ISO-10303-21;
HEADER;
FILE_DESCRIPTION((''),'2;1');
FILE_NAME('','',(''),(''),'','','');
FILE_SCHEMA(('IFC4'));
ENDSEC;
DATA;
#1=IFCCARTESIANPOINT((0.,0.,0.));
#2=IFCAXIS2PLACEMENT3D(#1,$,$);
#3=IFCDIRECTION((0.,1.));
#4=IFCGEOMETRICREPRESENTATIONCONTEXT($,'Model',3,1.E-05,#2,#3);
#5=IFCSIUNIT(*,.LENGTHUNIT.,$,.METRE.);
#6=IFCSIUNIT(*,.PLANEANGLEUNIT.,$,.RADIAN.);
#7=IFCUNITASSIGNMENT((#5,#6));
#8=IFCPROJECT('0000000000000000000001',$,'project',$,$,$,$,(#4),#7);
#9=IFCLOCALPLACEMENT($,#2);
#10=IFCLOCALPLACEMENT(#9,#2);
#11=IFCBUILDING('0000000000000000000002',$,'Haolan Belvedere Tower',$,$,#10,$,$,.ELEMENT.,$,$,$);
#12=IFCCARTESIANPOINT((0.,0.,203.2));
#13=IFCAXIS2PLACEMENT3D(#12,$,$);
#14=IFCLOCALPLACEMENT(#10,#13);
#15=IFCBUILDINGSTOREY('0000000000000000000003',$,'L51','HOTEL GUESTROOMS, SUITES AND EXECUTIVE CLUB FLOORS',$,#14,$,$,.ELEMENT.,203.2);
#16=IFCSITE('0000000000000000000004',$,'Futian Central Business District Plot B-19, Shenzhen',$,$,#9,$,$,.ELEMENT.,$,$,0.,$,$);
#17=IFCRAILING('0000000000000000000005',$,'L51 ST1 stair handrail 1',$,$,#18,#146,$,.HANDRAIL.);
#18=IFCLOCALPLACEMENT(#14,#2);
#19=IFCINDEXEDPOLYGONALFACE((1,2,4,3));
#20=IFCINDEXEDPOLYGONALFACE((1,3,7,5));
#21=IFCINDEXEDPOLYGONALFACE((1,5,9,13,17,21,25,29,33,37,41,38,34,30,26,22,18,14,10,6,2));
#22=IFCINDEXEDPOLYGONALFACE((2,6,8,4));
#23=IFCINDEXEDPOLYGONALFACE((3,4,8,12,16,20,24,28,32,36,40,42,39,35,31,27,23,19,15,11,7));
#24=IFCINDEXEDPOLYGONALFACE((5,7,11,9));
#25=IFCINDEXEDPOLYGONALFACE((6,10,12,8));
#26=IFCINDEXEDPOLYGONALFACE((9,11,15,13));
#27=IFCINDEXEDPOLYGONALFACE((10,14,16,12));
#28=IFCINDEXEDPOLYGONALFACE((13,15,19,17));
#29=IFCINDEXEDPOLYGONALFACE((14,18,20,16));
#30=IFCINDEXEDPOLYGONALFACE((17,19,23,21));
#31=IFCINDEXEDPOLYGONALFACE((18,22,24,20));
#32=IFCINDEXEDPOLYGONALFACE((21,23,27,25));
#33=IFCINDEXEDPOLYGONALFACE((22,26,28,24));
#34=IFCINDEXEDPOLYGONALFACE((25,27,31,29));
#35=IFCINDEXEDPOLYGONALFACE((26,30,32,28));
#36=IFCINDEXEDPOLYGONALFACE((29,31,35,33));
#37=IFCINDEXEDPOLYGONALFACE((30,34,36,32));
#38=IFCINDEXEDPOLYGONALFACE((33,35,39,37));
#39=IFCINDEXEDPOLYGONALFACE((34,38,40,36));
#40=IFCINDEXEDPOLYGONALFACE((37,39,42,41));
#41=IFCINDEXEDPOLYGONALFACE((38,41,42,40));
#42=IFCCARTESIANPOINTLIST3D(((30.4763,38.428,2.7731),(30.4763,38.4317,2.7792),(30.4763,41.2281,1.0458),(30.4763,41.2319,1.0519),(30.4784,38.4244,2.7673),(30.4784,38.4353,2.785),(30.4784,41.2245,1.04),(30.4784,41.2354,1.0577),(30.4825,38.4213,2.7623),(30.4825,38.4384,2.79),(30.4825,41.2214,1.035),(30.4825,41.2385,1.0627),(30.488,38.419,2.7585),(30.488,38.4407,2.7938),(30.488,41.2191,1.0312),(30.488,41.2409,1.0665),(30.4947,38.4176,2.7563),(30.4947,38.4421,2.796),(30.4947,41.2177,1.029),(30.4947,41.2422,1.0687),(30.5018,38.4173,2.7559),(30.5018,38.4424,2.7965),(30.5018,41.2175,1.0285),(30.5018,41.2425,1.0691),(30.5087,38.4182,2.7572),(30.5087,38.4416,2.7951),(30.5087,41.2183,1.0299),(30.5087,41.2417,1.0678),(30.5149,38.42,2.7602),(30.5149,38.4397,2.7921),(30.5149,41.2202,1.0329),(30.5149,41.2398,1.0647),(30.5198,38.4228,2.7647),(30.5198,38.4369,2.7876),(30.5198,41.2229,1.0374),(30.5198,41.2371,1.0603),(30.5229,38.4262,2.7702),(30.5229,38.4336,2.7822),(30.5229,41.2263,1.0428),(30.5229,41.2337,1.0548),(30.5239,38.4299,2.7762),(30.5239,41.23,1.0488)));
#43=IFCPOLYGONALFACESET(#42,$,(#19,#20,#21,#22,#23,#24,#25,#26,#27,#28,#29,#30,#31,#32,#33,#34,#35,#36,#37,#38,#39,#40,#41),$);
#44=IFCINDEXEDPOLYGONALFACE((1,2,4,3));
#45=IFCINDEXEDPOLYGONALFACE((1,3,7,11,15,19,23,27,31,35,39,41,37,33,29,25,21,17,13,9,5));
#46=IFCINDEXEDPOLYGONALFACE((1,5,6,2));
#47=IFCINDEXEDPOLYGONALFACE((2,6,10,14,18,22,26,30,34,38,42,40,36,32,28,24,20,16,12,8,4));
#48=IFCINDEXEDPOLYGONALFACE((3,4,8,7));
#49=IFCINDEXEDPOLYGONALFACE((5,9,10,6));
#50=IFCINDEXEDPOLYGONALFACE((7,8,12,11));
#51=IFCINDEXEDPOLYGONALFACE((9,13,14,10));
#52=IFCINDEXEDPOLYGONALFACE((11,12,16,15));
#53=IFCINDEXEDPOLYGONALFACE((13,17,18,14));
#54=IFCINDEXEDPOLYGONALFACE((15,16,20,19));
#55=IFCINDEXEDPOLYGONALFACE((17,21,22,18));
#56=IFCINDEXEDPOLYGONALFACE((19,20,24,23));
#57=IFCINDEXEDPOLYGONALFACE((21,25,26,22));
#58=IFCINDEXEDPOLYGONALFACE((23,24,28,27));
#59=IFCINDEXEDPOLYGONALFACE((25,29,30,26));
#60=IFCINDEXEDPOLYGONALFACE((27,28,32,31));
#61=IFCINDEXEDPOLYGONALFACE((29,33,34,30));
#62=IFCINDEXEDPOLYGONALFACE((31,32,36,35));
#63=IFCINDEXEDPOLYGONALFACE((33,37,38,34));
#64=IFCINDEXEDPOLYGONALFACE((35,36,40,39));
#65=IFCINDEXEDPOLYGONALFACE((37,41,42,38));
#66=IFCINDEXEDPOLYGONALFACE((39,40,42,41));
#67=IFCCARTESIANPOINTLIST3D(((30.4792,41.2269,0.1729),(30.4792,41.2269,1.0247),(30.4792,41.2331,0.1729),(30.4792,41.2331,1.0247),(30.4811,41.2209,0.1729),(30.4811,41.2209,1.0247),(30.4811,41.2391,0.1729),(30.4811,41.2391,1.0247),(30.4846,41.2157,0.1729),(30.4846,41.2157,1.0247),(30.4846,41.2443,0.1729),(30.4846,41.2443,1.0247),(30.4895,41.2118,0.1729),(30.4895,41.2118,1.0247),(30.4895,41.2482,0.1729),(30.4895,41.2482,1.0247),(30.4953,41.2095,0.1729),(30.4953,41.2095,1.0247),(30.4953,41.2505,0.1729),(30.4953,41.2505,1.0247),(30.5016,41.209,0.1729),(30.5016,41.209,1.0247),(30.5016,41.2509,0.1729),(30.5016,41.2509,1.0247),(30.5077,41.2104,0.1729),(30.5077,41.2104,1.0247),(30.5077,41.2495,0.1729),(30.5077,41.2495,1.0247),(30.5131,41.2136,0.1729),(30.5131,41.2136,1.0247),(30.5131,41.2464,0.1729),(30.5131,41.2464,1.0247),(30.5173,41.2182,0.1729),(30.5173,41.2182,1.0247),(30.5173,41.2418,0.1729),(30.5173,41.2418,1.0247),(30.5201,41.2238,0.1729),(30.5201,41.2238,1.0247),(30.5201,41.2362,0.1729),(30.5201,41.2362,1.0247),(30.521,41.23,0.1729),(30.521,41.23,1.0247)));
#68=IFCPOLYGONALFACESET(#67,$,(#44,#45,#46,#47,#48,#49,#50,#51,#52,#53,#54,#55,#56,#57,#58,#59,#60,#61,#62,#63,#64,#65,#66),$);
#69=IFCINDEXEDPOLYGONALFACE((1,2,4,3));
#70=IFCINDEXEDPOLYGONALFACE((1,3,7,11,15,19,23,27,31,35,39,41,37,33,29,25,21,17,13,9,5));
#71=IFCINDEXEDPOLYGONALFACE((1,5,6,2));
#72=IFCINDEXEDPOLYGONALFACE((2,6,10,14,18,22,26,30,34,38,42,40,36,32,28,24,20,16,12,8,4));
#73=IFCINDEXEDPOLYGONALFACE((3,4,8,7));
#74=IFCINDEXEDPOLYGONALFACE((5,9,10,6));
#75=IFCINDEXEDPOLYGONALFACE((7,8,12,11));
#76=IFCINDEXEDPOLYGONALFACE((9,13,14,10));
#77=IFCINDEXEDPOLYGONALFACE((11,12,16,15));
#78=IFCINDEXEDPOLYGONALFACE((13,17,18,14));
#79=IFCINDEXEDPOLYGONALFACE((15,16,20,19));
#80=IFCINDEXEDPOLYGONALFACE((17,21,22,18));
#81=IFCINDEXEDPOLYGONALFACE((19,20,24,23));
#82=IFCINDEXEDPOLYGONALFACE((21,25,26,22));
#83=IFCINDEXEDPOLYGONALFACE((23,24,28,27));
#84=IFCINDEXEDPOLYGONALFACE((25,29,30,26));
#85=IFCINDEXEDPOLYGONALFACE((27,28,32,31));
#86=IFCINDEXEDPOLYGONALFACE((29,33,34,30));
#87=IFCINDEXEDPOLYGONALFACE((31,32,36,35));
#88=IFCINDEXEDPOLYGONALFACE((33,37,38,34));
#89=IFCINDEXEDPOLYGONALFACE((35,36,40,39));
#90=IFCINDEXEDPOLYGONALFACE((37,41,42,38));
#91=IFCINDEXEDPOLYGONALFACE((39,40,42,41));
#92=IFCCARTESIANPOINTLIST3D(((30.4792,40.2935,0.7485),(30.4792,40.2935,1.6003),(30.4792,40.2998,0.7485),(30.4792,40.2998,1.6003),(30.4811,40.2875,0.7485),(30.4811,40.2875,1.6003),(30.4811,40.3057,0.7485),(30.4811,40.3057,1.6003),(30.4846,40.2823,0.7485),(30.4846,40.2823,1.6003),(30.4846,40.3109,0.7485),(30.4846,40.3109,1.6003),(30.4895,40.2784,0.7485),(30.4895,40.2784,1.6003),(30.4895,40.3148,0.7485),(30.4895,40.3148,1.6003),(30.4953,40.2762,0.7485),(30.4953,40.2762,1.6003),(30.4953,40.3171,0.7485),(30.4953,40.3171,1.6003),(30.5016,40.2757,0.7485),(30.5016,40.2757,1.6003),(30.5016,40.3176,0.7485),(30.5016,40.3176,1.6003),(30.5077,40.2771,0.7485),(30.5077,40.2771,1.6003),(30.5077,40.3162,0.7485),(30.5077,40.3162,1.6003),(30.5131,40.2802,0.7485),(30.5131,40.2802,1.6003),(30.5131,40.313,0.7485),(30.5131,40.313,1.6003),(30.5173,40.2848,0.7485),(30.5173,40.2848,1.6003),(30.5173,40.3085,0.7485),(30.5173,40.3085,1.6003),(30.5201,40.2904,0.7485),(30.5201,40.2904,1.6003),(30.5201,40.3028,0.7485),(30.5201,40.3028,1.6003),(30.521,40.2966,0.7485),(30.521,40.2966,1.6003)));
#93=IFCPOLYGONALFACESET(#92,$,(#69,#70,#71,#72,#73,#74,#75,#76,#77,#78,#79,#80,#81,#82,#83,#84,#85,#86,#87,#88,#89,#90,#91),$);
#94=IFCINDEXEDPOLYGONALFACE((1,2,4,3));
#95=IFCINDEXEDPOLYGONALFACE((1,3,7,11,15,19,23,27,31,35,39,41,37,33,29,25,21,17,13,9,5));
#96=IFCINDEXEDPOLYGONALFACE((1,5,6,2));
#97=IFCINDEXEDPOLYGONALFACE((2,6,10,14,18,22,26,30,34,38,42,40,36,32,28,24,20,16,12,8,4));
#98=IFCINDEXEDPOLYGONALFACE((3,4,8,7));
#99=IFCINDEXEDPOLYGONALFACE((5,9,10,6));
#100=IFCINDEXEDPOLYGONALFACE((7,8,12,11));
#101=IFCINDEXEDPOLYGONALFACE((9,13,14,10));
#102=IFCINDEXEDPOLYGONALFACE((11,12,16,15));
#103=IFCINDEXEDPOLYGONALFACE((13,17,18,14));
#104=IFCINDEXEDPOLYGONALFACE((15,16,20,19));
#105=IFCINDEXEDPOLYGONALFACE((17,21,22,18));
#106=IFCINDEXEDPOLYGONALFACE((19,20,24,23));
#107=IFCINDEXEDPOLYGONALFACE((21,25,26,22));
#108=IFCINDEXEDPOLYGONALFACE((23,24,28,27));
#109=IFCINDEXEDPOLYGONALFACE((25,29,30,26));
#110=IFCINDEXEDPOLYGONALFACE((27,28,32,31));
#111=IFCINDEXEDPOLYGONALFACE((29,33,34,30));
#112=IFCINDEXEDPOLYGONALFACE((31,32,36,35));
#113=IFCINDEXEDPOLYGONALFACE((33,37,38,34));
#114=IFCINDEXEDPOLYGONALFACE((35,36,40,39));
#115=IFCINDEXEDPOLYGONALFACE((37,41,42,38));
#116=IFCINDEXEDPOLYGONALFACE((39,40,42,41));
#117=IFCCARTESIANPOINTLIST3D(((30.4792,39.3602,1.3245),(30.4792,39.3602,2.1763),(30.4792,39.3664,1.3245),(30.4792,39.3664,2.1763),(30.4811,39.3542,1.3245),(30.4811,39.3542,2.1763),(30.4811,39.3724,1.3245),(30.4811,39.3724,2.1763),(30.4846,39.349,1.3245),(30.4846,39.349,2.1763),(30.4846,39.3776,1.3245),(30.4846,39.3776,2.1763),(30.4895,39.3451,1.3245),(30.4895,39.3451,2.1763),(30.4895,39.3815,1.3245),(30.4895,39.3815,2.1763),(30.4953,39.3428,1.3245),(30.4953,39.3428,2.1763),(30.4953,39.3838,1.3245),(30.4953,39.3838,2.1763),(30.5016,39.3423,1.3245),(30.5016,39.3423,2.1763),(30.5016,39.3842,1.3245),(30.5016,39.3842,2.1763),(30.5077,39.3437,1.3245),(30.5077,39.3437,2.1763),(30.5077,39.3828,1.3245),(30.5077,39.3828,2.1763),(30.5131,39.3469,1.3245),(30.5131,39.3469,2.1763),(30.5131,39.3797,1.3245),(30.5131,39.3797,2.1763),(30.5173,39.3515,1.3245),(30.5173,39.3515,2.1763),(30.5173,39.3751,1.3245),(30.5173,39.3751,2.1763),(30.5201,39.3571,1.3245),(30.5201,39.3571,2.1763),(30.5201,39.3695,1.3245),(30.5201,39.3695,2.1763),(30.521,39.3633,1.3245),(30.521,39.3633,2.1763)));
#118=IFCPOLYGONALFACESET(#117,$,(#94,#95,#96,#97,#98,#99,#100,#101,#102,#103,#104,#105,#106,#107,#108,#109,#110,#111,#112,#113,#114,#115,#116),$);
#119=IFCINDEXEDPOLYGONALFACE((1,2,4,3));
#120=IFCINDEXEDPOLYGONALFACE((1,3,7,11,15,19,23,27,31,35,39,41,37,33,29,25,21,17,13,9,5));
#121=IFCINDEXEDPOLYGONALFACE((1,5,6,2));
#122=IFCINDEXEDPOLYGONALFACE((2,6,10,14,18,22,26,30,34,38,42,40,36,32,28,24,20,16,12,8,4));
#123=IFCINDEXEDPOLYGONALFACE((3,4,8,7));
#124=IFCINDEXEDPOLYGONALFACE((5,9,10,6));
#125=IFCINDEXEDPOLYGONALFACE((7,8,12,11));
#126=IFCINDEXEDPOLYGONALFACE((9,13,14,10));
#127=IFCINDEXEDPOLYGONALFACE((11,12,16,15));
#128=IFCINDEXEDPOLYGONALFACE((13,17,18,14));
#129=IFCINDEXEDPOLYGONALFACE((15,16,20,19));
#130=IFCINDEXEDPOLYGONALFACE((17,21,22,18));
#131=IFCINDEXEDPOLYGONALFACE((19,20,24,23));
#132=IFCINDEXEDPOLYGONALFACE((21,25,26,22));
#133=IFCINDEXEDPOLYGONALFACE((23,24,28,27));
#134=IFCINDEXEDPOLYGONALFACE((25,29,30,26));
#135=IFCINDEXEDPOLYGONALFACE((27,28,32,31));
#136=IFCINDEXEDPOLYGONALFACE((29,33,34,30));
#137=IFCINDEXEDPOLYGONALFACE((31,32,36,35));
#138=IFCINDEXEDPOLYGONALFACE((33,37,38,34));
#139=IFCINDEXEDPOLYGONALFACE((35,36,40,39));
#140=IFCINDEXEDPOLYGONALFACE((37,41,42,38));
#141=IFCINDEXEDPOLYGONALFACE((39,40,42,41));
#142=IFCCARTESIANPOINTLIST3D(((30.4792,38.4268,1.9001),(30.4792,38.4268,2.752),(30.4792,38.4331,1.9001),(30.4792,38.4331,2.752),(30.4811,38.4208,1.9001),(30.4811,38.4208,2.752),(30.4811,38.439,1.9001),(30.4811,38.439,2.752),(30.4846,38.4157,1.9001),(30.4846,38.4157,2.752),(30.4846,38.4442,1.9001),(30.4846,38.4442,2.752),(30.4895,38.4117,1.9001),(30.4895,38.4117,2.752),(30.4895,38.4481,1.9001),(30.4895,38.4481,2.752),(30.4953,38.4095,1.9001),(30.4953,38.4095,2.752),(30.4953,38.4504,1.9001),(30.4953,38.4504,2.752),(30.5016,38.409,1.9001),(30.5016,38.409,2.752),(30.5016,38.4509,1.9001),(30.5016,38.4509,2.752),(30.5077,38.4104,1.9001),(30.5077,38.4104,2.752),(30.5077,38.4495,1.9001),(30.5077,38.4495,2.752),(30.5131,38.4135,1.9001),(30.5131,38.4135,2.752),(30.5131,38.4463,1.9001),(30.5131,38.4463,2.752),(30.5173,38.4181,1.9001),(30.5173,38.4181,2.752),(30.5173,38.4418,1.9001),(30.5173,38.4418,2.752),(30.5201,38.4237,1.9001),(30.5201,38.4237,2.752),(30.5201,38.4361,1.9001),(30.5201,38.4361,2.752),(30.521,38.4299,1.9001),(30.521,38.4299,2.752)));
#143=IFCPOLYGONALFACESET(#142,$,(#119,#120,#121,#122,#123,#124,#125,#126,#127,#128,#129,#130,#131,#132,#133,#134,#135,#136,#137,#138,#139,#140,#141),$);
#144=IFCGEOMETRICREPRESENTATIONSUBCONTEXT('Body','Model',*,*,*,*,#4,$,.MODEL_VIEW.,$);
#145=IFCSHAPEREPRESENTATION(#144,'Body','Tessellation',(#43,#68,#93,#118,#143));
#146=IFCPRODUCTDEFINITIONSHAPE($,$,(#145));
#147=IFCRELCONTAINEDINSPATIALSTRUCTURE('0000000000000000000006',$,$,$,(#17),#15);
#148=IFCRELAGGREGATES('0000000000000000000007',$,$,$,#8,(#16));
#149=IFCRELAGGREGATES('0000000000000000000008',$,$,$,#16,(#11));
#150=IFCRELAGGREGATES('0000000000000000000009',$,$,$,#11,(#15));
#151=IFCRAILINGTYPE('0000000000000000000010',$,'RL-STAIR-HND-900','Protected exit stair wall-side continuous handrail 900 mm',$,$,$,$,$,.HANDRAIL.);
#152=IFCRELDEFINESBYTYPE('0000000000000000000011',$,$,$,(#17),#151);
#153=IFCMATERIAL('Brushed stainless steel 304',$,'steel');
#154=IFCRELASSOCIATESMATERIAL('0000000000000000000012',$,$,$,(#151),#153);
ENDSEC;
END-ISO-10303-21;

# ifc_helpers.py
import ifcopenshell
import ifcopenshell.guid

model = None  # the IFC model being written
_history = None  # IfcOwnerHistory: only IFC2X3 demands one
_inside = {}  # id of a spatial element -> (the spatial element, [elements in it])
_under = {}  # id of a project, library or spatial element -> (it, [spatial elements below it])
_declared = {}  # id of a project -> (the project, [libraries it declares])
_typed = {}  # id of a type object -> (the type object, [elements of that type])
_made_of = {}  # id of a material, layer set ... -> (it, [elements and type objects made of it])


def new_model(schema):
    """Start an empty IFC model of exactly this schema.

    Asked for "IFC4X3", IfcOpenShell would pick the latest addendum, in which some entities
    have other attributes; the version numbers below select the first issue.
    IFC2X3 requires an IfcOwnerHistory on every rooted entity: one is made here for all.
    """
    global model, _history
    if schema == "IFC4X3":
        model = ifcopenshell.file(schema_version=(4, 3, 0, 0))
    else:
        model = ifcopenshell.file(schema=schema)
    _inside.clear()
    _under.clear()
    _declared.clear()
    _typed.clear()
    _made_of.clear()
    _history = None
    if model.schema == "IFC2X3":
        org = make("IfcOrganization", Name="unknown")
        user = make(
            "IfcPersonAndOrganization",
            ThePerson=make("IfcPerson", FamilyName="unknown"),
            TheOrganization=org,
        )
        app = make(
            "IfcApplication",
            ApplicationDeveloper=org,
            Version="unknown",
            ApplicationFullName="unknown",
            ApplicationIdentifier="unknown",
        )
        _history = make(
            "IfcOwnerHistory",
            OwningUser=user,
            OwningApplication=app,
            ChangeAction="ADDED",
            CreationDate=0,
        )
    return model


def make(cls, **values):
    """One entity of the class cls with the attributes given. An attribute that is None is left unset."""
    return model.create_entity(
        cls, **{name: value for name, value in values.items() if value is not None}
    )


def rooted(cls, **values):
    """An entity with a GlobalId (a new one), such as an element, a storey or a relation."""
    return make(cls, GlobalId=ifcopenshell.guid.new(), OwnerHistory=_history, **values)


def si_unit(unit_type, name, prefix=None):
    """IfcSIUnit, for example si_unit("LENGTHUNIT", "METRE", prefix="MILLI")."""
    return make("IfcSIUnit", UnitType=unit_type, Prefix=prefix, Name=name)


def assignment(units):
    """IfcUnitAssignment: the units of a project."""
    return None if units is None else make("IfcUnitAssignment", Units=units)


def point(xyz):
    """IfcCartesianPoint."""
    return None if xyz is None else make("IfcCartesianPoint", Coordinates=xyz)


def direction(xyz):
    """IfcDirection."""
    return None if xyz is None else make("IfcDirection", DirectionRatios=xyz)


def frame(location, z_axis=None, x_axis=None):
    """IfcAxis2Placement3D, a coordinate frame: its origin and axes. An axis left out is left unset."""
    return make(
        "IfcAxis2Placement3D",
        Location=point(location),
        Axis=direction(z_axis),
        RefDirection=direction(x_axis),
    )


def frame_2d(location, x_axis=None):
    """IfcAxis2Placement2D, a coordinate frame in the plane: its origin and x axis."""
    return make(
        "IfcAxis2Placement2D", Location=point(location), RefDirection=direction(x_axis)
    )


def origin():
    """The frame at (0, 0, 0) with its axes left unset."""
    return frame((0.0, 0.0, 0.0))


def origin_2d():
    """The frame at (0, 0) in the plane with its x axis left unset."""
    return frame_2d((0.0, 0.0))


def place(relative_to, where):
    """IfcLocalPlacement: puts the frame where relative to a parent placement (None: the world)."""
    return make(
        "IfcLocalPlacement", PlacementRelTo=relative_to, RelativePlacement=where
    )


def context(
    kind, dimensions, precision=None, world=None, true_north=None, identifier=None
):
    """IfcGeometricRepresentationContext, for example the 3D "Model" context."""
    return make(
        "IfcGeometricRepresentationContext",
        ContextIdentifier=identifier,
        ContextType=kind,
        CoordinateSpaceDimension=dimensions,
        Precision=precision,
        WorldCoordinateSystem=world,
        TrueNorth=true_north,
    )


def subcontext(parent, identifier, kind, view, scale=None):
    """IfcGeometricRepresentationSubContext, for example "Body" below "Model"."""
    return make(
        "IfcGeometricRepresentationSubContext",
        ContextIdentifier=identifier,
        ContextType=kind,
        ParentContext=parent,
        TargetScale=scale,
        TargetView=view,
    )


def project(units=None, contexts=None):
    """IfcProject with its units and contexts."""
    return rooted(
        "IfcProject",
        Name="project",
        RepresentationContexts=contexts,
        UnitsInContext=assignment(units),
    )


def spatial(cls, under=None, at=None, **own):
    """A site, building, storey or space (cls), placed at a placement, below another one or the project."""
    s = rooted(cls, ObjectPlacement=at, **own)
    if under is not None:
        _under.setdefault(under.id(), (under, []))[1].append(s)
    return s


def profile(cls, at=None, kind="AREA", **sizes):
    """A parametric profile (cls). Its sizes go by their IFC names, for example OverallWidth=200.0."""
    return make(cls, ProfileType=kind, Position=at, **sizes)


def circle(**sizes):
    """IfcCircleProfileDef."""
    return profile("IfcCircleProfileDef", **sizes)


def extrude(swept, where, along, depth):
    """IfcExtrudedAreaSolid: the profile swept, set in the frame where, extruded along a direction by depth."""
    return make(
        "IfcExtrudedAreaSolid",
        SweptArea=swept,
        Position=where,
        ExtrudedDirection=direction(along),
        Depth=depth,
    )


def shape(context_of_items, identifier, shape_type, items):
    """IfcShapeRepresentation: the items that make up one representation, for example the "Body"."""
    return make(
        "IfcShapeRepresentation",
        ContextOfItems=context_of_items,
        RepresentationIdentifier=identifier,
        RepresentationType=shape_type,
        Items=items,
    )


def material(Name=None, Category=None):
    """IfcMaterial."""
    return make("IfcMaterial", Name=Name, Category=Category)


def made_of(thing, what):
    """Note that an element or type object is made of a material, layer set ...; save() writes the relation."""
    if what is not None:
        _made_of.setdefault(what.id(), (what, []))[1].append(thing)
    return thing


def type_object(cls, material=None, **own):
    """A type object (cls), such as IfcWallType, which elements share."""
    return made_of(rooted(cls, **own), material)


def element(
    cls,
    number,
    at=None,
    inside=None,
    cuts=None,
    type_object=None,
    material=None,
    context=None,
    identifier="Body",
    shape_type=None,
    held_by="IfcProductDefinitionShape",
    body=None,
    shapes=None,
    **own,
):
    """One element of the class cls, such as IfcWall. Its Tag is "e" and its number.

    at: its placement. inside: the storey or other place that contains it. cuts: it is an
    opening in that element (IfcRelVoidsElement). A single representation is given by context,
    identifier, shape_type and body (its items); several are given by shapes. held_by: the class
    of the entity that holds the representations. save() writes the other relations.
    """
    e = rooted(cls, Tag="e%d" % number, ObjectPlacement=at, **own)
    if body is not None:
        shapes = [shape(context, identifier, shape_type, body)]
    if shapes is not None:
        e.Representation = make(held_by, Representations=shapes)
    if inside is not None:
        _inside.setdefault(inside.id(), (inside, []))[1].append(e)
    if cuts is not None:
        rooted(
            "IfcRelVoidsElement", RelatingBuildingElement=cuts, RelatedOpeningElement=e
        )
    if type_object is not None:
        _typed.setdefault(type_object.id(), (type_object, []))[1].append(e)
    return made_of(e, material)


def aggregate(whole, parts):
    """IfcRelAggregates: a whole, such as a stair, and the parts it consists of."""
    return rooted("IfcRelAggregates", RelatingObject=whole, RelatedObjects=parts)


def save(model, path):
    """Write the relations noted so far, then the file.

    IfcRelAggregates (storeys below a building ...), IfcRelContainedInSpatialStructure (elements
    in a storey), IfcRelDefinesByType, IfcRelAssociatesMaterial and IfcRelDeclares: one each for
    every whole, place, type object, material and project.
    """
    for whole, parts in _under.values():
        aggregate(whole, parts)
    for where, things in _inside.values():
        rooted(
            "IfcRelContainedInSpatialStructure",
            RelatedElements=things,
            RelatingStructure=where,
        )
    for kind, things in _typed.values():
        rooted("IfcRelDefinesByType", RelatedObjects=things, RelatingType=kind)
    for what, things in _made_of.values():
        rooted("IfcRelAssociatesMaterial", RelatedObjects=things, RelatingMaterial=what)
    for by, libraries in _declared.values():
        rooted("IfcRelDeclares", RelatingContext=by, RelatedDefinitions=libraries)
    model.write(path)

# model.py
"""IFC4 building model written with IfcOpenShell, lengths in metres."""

from ifc_helpers import new_model, si_unit, direction, frame, origin, origin_2d, place, context, subcontext, project, spatial, circle, extrude, material, type_object, element, save


model = new_model("IFC4")

# Units and contexts
model_context = context("Model", 3, precision=1e-05, world=origin(), true_north=direction((0.0, 1.0)))
body_context = subcontext(model_context, "Body", "Model", "MODEL_VIEW")
ifc_project = project(units=[si_unit("LENGTHUNIT", "METRE"), si_unit("PLANEANGLEUNIT", "RADIAN")], contexts=[model_context])

# Site, building, storey
site_placement = place(None, origin())
site = spatial("IfcSite", under=ifc_project, at=site_placement, Name="Futian Central Business District Plot B-19, Shenzhen", CompositionType="ELEMENT", RefElevation=0.0)
building_placement = place(site_placement, origin())
building = spatial("IfcBuilding", under=site, at=building_placement, Name="Haolan Belvedere Tower", CompositionType="ELEMENT")
storey_placement = place(building_placement, frame((0.0, 0.0, 203.2)))
storey = spatial("IfcBuildingStorey", under=building, at=storey_placement, Name="L51", Description="HOTEL GUESTROOMS, SUITES AND EXECUTIVE CLUB FLOORS", CompositionType="ELEMENT", Elevation=203.2)

# Railing
ifc_material_1 = material(Name="Brushed stainless steel 304", Category="steel")
railing_type_1 = type_object("IfcRailingType", Name="RL-STAIR-HND-900", Description="Protected exit stair wall-side continuous handrail 900 mm", PredefinedType="HANDRAIL", material=ifc_material_1)
railing_1_placement = place(storey_placement, frame((30.5, 41.23, 0.1729)))
element("IfcRailing", 1, at=railing_1_placement, inside=storey, type_object=railing_type_1, Name="L51 ST1 stair handrail 1", PredefinedType="HANDRAIL", context=body_context, shape_type="SweptSolid", body=[
    extrude(circle(Radius=0.0239, at=origin_2d()), frame((0.0, 0.0, 0.876), z_axis=(0.0, -0.85109, 0.52502), x_axis=(1.0, 0.0, 0.0)), (0.0, 0.0, 1.0), 3.29),
    extrude(circle(Radius=0.021, at=origin_2d()), origin(), (0.0, 0.0, 1.0), 0.8518),
    extrude(circle(Radius=0.021, at=origin_2d()), frame((0.0, -0.9333, 0.5757)), (0.0, 0.0, 1.0), 0.8518),
    extrude(circle(Radius=0.021, at=origin_2d()), frame((0.0, -1.8667, 1.1516)), (0.0, 0.0, 1.0), 0.8518),
    extrude(circle(Radius=0.021, at=origin_2d()), frame((0.0, -2.8, 1.7273)), (0.0, 0.0, 1.0), 0.8518),
])

save(model, "model.ifc")
